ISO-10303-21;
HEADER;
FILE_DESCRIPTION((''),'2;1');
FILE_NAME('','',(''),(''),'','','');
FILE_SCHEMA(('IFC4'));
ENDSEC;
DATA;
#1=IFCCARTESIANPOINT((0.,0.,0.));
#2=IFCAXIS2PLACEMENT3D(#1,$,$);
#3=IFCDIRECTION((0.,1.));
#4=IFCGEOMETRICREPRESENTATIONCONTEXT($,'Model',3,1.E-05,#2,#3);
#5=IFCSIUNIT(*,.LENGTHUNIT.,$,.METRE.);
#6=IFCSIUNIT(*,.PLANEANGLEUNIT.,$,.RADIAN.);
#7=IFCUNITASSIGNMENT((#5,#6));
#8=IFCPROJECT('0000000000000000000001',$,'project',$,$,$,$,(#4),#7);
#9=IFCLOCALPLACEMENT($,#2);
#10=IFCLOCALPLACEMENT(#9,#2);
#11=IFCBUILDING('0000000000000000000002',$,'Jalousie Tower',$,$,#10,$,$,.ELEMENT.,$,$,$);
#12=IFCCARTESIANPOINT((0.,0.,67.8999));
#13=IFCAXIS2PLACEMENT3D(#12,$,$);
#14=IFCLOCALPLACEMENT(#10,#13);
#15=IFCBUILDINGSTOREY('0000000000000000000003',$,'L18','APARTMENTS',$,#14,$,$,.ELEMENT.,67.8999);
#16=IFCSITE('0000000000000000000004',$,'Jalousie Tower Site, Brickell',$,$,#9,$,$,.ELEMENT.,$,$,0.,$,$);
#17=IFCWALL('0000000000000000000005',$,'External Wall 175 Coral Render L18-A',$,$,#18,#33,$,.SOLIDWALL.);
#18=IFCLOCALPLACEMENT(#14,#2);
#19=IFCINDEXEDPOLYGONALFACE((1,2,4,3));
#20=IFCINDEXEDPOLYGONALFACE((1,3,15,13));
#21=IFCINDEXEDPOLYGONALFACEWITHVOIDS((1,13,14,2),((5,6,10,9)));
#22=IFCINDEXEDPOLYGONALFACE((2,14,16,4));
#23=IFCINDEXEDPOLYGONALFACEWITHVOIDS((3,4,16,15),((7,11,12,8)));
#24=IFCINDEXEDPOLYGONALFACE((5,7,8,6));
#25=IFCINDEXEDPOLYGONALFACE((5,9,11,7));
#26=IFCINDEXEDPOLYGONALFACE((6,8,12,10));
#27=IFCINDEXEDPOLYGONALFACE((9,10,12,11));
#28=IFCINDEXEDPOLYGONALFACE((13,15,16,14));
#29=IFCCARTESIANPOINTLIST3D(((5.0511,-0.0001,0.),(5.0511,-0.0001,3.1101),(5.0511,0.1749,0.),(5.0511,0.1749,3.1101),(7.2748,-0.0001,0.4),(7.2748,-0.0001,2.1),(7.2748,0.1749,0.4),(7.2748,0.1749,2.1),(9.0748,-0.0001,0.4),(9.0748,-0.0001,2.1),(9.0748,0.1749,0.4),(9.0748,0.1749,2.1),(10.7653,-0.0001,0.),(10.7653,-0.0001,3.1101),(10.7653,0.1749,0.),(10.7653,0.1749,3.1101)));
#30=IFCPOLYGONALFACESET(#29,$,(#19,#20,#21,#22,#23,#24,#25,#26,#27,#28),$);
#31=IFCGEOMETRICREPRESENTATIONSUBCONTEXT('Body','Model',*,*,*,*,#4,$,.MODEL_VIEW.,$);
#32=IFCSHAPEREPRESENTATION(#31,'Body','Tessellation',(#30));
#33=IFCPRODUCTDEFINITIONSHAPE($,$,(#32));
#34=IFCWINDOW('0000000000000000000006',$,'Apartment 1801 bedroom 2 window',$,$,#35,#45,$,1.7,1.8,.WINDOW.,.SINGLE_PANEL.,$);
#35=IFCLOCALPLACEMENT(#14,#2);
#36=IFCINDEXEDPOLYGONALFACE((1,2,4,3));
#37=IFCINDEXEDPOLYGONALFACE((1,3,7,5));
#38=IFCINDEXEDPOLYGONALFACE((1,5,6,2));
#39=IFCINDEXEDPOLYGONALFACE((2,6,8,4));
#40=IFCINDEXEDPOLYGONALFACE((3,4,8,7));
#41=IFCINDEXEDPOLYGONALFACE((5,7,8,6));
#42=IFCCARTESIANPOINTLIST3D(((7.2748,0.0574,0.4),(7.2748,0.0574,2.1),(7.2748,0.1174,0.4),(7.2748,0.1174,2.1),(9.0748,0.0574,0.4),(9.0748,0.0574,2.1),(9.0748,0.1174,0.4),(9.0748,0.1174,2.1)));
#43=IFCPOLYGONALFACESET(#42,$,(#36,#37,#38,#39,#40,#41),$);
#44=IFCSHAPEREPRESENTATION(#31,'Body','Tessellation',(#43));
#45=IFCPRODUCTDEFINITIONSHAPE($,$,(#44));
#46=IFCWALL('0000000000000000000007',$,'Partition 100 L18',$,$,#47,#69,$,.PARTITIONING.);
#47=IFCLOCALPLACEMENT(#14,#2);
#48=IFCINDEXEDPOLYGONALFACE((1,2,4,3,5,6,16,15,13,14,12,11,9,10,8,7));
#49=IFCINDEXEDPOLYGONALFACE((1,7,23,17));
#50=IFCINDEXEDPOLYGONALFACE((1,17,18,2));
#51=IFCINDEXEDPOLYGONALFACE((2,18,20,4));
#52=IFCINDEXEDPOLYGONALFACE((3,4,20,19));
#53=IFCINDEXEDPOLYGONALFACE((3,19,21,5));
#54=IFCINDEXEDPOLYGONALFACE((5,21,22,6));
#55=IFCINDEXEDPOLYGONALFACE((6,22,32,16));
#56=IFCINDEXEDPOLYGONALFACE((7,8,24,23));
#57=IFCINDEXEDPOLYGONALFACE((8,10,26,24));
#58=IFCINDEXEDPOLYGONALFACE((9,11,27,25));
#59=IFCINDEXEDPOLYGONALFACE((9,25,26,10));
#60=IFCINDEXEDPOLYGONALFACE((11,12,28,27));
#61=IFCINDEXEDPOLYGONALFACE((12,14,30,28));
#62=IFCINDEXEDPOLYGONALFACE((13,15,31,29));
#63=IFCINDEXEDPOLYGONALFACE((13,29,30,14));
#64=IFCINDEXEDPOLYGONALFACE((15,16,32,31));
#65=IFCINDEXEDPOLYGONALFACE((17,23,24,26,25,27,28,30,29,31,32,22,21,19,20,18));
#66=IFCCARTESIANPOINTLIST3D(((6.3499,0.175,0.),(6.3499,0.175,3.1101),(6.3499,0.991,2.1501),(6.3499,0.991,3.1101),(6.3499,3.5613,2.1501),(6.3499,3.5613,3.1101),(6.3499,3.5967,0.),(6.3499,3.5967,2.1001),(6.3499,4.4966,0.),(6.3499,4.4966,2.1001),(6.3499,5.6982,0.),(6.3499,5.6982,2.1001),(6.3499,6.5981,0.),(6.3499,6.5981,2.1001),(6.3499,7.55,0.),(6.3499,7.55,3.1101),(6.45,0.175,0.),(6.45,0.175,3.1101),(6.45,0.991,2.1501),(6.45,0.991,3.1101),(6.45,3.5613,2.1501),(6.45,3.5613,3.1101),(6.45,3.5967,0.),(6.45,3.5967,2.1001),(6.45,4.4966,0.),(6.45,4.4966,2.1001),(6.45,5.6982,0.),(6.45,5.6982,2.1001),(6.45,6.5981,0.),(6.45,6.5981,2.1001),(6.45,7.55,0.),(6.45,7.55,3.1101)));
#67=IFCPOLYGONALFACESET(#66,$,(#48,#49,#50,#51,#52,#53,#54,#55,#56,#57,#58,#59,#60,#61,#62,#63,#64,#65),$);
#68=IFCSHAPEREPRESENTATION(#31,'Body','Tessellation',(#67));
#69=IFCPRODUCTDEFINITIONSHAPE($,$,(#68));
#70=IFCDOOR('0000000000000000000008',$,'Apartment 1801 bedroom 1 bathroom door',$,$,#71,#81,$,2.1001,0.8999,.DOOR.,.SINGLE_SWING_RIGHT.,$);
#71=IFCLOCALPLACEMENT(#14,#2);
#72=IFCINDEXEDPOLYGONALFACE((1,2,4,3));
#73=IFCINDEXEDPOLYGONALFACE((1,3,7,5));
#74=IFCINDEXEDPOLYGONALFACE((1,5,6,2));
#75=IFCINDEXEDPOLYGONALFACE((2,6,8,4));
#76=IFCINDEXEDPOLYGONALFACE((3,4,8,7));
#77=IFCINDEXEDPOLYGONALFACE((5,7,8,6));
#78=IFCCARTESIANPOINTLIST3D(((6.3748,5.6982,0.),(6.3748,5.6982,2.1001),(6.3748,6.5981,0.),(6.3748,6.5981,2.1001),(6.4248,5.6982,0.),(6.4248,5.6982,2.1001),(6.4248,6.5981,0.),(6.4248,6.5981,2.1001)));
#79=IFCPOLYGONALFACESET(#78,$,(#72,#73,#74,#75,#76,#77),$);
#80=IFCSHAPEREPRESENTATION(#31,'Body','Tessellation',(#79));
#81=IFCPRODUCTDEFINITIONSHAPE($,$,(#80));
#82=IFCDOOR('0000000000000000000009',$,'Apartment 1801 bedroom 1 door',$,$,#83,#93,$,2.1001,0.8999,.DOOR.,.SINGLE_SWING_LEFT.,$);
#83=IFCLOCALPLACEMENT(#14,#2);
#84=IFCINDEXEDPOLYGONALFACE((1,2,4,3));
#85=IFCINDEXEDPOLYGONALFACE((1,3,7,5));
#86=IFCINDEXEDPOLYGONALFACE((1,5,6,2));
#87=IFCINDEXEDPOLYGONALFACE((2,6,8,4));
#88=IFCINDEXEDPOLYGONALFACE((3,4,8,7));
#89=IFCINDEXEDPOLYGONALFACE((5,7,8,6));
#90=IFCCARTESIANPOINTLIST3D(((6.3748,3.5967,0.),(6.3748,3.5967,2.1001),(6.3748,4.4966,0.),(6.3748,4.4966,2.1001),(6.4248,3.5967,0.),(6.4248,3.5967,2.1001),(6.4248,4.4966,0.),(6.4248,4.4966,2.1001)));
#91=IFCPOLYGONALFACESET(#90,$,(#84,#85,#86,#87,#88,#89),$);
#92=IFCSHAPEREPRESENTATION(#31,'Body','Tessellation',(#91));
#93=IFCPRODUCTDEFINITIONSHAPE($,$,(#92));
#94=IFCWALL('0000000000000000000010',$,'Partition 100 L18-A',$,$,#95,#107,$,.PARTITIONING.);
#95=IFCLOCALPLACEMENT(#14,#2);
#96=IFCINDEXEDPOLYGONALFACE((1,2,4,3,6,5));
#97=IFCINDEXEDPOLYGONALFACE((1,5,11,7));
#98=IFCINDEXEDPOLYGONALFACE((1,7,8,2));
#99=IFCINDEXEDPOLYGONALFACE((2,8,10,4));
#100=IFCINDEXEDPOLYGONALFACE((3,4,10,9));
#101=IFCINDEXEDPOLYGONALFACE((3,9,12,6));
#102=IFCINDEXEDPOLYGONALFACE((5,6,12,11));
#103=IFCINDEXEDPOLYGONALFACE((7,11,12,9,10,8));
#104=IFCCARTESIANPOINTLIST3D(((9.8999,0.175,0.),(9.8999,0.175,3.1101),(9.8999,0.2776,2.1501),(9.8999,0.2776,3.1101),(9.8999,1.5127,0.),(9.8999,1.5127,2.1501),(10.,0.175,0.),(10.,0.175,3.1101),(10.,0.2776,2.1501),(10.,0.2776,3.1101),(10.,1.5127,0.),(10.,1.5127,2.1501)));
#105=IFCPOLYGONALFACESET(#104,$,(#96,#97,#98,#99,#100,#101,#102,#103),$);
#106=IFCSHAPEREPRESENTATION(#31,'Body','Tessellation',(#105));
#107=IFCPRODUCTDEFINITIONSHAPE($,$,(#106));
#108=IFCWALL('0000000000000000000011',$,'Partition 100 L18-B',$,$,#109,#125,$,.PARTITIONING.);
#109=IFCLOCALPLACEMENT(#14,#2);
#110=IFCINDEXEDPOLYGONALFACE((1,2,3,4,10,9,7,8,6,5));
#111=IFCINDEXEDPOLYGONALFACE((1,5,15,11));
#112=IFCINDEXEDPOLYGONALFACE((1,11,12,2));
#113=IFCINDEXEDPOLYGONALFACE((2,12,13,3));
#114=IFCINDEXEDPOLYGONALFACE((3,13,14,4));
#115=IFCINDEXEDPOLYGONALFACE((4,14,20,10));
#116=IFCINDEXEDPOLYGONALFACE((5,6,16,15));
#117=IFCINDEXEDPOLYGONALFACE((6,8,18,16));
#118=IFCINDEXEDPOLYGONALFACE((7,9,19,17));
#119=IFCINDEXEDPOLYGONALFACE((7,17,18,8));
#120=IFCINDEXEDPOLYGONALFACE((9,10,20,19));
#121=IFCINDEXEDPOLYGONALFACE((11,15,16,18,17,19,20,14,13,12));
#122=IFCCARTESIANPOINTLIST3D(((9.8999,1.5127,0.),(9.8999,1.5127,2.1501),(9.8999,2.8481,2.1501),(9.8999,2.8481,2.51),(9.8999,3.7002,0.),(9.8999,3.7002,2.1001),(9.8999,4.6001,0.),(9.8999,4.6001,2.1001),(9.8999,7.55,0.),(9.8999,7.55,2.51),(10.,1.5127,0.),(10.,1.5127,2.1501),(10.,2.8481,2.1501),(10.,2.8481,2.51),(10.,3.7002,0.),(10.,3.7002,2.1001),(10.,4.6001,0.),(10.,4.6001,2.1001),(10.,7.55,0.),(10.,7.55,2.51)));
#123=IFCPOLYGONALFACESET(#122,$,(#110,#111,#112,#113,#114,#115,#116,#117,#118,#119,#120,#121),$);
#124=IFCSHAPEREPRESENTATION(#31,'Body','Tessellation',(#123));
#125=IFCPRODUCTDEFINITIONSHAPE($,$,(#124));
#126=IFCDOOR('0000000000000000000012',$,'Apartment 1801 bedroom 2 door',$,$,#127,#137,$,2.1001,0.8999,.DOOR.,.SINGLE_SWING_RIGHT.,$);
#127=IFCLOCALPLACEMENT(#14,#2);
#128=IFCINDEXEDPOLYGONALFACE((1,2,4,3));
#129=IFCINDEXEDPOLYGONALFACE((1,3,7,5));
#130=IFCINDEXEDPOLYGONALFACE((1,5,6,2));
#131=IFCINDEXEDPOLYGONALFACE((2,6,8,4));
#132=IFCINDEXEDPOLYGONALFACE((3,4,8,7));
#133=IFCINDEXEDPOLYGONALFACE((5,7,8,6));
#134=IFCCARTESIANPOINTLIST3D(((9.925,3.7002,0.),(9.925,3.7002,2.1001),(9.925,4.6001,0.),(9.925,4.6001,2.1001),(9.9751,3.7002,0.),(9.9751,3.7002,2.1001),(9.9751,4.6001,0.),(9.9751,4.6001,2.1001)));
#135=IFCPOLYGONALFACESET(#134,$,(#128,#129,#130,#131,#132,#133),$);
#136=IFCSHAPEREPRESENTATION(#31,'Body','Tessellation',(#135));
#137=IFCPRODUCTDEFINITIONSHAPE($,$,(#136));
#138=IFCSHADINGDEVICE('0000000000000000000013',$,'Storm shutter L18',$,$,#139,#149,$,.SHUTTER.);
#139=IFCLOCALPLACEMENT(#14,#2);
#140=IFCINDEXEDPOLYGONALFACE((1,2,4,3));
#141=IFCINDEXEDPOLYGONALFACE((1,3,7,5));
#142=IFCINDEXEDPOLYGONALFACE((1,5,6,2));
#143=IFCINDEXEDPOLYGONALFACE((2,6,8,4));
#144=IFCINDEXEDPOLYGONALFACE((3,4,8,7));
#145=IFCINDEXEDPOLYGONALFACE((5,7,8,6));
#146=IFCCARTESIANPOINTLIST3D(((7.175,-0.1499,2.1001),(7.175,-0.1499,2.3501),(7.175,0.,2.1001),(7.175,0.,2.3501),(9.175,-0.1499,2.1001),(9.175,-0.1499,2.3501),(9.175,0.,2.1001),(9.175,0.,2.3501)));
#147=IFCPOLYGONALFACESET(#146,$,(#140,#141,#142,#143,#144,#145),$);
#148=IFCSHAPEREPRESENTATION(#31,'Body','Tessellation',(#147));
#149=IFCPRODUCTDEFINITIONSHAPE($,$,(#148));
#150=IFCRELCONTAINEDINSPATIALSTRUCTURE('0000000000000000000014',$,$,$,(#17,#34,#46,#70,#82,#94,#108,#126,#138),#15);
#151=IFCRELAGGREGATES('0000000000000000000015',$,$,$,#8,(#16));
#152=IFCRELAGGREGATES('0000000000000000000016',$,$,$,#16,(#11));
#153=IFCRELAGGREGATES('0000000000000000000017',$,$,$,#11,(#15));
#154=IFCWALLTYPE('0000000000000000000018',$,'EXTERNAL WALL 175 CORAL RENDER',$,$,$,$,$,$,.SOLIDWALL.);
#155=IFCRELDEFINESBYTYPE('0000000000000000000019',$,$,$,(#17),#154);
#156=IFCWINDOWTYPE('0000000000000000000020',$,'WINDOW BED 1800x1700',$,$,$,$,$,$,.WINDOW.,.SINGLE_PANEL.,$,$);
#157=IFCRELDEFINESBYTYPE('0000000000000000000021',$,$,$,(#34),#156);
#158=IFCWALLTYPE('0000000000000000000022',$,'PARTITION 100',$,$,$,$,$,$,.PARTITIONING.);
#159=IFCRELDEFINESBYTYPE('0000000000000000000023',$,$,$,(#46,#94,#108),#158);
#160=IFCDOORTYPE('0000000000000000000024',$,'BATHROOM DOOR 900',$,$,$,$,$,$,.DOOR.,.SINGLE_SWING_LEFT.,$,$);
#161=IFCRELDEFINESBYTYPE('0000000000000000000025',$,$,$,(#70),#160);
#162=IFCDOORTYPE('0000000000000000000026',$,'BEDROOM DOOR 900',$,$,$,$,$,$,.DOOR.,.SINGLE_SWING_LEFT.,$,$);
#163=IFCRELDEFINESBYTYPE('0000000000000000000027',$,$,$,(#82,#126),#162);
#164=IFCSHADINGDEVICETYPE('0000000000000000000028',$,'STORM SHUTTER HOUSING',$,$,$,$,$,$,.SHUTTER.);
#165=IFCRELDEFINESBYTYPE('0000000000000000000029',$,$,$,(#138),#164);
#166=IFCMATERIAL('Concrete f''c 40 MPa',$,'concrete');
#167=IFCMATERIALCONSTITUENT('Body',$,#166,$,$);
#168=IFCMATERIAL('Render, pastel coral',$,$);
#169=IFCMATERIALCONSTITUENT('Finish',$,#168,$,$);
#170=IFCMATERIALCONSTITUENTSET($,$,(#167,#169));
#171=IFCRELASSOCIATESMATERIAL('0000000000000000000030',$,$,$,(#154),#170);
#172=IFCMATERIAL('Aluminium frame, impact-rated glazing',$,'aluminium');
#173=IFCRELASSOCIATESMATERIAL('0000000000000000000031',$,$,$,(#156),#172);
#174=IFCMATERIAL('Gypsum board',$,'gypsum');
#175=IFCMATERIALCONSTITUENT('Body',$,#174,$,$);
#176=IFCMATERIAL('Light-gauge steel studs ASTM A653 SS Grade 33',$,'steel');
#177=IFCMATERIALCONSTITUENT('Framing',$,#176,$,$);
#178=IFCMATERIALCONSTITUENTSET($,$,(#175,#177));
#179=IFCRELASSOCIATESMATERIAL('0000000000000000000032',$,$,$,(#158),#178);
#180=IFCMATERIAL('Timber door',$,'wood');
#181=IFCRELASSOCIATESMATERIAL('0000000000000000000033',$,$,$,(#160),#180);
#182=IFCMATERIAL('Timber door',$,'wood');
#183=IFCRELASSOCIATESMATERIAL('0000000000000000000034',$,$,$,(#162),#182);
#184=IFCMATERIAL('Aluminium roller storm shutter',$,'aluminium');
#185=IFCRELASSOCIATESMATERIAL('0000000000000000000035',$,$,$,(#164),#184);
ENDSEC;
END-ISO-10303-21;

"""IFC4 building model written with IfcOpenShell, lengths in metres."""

from ifc_helpers import new_model, si_unit, direction, frame, frame_2d, origin, origin_2d, place, context, subcontext, project, spatial, polyline, rectangle, outline, extrude, material, constituent, constituent_set, type_object, element, fill, save


model = new_model("IFC4")

# Units and contexts
model_context = context("Model", 3, precision=1e-05, world=origin(), true_north=direction((0.0, 1.0)))
body_context = subcontext(model_context, "Body", "Model", "MODEL_VIEW")
ifc_project = project(units=[si_unit("LENGTHUNIT", "METRE"), si_unit("PLANEANGLEUNIT", "RADIAN")], contexts=[model_context])

# Site, building, storey
site_placement = place(None, origin())
site = spatial("IfcSite", under=ifc_project, at=site_placement, Name="Jalousie Tower Site, Brickell", CompositionType="ELEMENT", RefElevation=0.0)
building_placement = place(site_placement, origin())
building = spatial("IfcBuilding", under=site, at=building_placement, Name="Jalousie Tower", CompositionType="ELEMENT")
storey_placement = place(building_placement, frame((0.0, 0.0, 67.8999)))
storey = spatial("IfcBuildingStorey", under=building, at=storey_placement, Name="L18", Description="APARTMENTS", CompositionType="ELEMENT", Elevation=67.8999)

# Wall, opening, window
ifc_material_1 = material(Name="Concrete f'c 40 MPa", Category="concrete")
ifc_constituent_1 = constituent(ifc_material_1, Name="Body")
ifc_material_2 = material(Name="Render, pastel coral")
ifc_constituent_2 = constituent(ifc_material_2, Name="Finish")
ifc_constituent_set_1 = constituent_set(constituents=[ifc_constituent_1, ifc_constituent_2])
wall_type_1 = type_object("IfcWallType", Name="EXTERNAL WALL 175 CORAL RENDER", PredefinedType="SOLIDWALL", material=ifc_constituent_set_1)
wall_1_placement = place(storey_placement, frame((5.0513, 0.0874, 0.0), z_axis=(0.0, 0.0, 1.0), x_axis=(1.0, 0.0, 0.0)))
wall_1 = element("IfcWall", 1, at=wall_1_placement, inside=storey, type_object=wall_type_1, Name="External Wall 175 Coral Render L18-A", PredefinedType="SOLIDWALL", context=body_context, shape_type="SweptSolid", body=[
    extrude(rectangle(XDim=5.7141, YDim=0.175, at=frame_2d((2.8569, 0.0))), origin(), (0.0, 0.0, 1.0), 3.1101),
])
opening_1_placement = place(wall_1_placement, frame((2.2236, 0.0, 0.3999)))
opening_1 = element("IfcOpeningElement", 2, at=opening_1_placement, cuts=wall_1, PredefinedType="OPENING", context=body_context, shape_type="SweptSolid", body=[
    extrude(rectangle(XDim=1.8, YDim=1.7, at=frame_2d((0.8999, 0.8501))), frame((0.0, 0.0974, 0.0), z_axis=(0.0, -1.0, 0.0), x_axis=(1.0, 0.0, 0.0)), (0.0, 0.0, 1.0), 0.1951),
])
ifc_material_3 = material(Name="Aluminium frame, impact-rated glazing", Category="aluminium")
window_type = type_object("IfcWindowType", Name="WINDOW BED 1800x1700", PartitioningType="SINGLE_PANEL", PredefinedType="WINDOW", material=ifc_material_3)
window_placement = place(opening_1_placement, origin())
window = element("IfcWindow", 3, at=window_placement, inside=storey, type_object=window_type, Name="Apartment 1801 bedroom 2 window", OverallHeight=1.7, OverallWidth=1.8, PartitioningType="SINGLE_PANEL", PredefinedType="WINDOW", context=body_context, shape_type="SweptSolid", body=[
    extrude(rectangle(XDim=1.8, YDim=1.7, at=frame_2d((0.8999, 0.8501))), frame((0.0, 0.03, 0.0), z_axis=(0.0, -1.0, 0.0), x_axis=(1.0, 0.0, 0.0)), (0.0, 0.0, 1.0), 0.0601),
])
fill(opening_1, window)

# Wall, openings, doors
ifc_material_4 = material(Name="Gypsum board", Category="gypsum")
ifc_constituent_3 = constituent(ifc_material_4, Name="Body")
ifc_material_5 = material(Name="Light-gauge steel studs ASTM A653 SS Grade 33", Category="steel")
ifc_constituent_4 = constituent(ifc_material_5, Name="Framing")
ifc_constituent_set_2 = constituent_set(constituents=[ifc_constituent_3, ifc_constituent_4])
wall_type_2 = type_object("IfcWallType", Name="PARTITION 100", PredefinedType="PARTITIONING", material=ifc_constituent_set_2)
wall_2_placement = place(storey_placement, frame((6.3999, 0.175, 0.0), z_axis=(0.0, 0.0, 1.0), x_axis=(0.0, 1.0, 0.0)))
wall_2 = element("IfcWall", 4, at=wall_2_placement, inside=storey, type_object=wall_type_2, Name="Partition 100 L18", PredefinedType="PARTITIONING", context=body_context, shape_type="SweptSolid", body=[
    extrude(outline(polyline([(0.0, 0.0), (7.375, 0.0), (7.375, 3.1101), (3.3862, 3.1101), (3.3862, 2.1501), (0.8159, 2.1501), (0.8159, 3.1101), (0.0, 3.1101), (0.0, 0.0)])), frame((0.0, 0.05, 0.0), z_axis=(0.0, -1.0, 0.0), x_axis=(1.0, 0.0, 0.0)), (0.0, 0.0, 1.0), 0.1001),
])
opening_2_placement = place(wall_2_placement, frame((3.4216, 0.0, 0.0)))
opening_2 = element("IfcOpeningElement", 5, at=opening_2_placement, cuts=wall_2, PredefinedType="OPENING", context=body_context, shape_type="SweptSolid", body=[
    extrude(rectangle(XDim=0.8999, YDim=2.1001, at=frame_2d((0.45, 1.05))), frame((0.0, 0.0601, 0.0), z_axis=(0.0, -1.0, 0.0), x_axis=(1.0, 0.0, 0.0)), (0.0, 0.0, 1.0), 0.1201),
])
opening_3_placement = place(wall_2_placement, frame((5.5232, 0.0, 0.0)))
opening_3 = element("IfcOpeningElement", 6, at=opening_3_placement, cuts=wall_2, PredefinedType="OPENING", context=body_context, shape_type="SweptSolid", body=[
    extrude(rectangle(XDim=0.8999, YDim=2.1001, at=frame_2d((0.45, 1.05))), frame((0.0, 0.0601, 0.0), z_axis=(0.0, -1.0, 0.0), x_axis=(1.0, 0.0, 0.0)), (0.0, 0.0, 1.0), 0.1201),
])
ifc_material_6 = material(Name="Timber door", Category="wood")
door_type_1 = type_object("IfcDoorType", Name="BATHROOM DOOR 900", OperationType="SINGLE_SWING_LEFT", PredefinedType="DOOR", material=ifc_material_6)
door_1_placement = place(opening_3_placement, frame((0.8999, 0.0, 0.0), z_axis=(0.0, 0.0, 1.0), x_axis=(-1.0, 0.0, 0.0)))
door_1 = element("IfcDoor", 7, at=door_1_placement, inside=storey, type_object=door_type_1, Name="Apartment 1801 bedroom 1 bathroom door", OperationType="SINGLE_SWING_RIGHT", OverallHeight=2.1001, OverallWidth=0.8999, PredefinedType="DOOR", context=body_context, shape_type="SweptSolid", body=[
    extrude(rectangle(XDim=0.8999, YDim=2.1001, at=frame_2d((0.45, 1.05))), frame((0.0, 0.0249, 0.0), z_axis=(0.0, -1.0, 0.0), x_axis=(1.0, 0.0, 0.0)), (0.0, 0.0, 1.0), 0.05),
])
fill(opening_3, door_1)
ifc_material_7 = material(Name="Timber door", Category="wood")
door_type_2 = type_object("IfcDoorType", Name="BEDROOM DOOR 900", OperationType="SINGLE_SWING_LEFT", PredefinedType="DOOR", material=ifc_material_7)
door_2_placement = place(opening_2_placement, frame((0.8999, 0.0, 0.0), z_axis=(0.0, 0.0, 1.0), x_axis=(-1.0, 0.0, 0.0)))
door_2 = element("IfcDoor", 8, at=door_2_placement, inside=storey, type_object=door_type_2, Name="Apartment 1801 bedroom 1 door", OperationType="SINGLE_SWING_LEFT", OverallHeight=2.1001, OverallWidth=0.8999, PredefinedType="DOOR", context=body_context, shape_type="SweptSolid", body=[
    extrude(rectangle(XDim=0.8999, YDim=2.1001, at=frame_2d((0.45, 1.05))), frame((0.0, 0.0249, 0.0), z_axis=(0.0, -1.0, 0.0), x_axis=(1.0, 0.0, 0.0)), (0.0, 0.0, 1.0), 0.05),
])
fill(opening_2, door_2)

# Wall
wall_3_placement = place(storey_placement, frame((9.95, 0.175, 0.0), z_axis=(0.0, 0.0, 1.0), x_axis=(0.0, 1.0, 0.0)))
element("IfcWall", 9, at=wall_3_placement, inside=storey, type_object=wall_type_2, Name="Partition 100 L18-A", PredefinedType="PARTITIONING", context=body_context, shape_type="SweptSolid", body=[
    extrude(outline(polyline([(0.0, 0.0), (1.3376, 0.0), (1.3376, 2.1501), (0.1025, 2.1501), (0.1025, 3.1101), (0.0, 3.1101), (0.0, 0.0)])), frame((0.0, 0.05, 0.0), z_axis=(0.0, -1.0, 0.0), x_axis=(1.0, 0.0, 0.0)), (0.0, 0.0, 1.0), 0.1001),
])

# Wall, opening, door
wall_4_placement = place(storey_placement, frame((9.95, 1.5127, 0.0), z_axis=(0.0, 0.0, 1.0), x_axis=(0.0, 1.0, 0.0)))
wall_4 = element("IfcWall", 10, at=wall_4_placement, inside=storey, type_object=wall_type_2, Name="Partition 100 L18-B", PredefinedType="PARTITIONING", context=body_context, shape_type="SweptSolid", body=[
    extrude(outline(polyline([(0.0, 0.0), (6.0374, 0.0), (6.0374, 2.51), (1.3354, 2.51), (1.3354, 2.1501), (0.0, 2.1501), (0.0, 0.0)])), frame((0.0, 0.05, 0.0), z_axis=(0.0, -1.0, 0.0), x_axis=(1.0, 0.0, 0.0)), (0.0, 0.0, 1.0), 0.1001),
])
opening_4_placement = place(wall_4_placement, frame((2.1875, 0.0, 0.0)))
opening_4 = element("IfcOpeningElement", 11, at=opening_4_placement, cuts=wall_4, PredefinedType="OPENING", context=body_context, shape_type="SweptSolid", body=[
    extrude(rectangle(XDim=0.8999, YDim=2.1001, at=frame_2d((0.45, 1.05))), frame((0.0, 0.0601, 0.0), z_axis=(0.0, -1.0, 0.0), x_axis=(1.0, 0.0, 0.0)), (0.0, 0.0, 1.0), 0.1201),
])
door_3_placement = place(opening_4_placement, origin())
door_3 = element("IfcDoor", 12, at=door_3_placement, inside=storey, type_object=door_type_2, Name="Apartment 1801 bedroom 2 door", OperationType="SINGLE_SWING_RIGHT", OverallHeight=2.1001, OverallWidth=0.8999, PredefinedType="DOOR", context=body_context, shape_type="SweptSolid", body=[
    extrude(rectangle(XDim=0.8999, YDim=2.1001, at=frame_2d((0.45, 1.05))), frame((0.0, 0.0249, 0.0), z_axis=(0.0, -1.0, 0.0), x_axis=(1.0, 0.0, 0.0)), (0.0, 0.0, 1.0), 0.05),
])
fill(opening_4, door_3)

# Shading device
ifc_material_8 = material(Name="Aluminium roller storm shutter", Category="aluminium")
shading_device_type = type_object("IfcShadingDeviceType", Name="STORM SHUTTER HOUSING", PredefinedType="SHUTTER", material=ifc_material_8)
shading_device_placement = place(storey_placement, frame((8.175, -0.075, 2.1001), z_axis=(0.0, 0.0, 1.0), x_axis=(1.0, 0.0, 0.0)))
element("IfcShadingDevice", 13, at=shading_device_placement, inside=storey, type_object=shading_device_type, Name="Storm shutter L18", PredefinedType="SHUTTER", context=body_context, shape_type="SweptSolid", body=[
    extrude(rectangle(XDim=2.0, YDim=0.1499, at=origin_2d()), origin(), (0.0, 0.0, 1.0), 0.25),
])

save(model, "model.ifc")
